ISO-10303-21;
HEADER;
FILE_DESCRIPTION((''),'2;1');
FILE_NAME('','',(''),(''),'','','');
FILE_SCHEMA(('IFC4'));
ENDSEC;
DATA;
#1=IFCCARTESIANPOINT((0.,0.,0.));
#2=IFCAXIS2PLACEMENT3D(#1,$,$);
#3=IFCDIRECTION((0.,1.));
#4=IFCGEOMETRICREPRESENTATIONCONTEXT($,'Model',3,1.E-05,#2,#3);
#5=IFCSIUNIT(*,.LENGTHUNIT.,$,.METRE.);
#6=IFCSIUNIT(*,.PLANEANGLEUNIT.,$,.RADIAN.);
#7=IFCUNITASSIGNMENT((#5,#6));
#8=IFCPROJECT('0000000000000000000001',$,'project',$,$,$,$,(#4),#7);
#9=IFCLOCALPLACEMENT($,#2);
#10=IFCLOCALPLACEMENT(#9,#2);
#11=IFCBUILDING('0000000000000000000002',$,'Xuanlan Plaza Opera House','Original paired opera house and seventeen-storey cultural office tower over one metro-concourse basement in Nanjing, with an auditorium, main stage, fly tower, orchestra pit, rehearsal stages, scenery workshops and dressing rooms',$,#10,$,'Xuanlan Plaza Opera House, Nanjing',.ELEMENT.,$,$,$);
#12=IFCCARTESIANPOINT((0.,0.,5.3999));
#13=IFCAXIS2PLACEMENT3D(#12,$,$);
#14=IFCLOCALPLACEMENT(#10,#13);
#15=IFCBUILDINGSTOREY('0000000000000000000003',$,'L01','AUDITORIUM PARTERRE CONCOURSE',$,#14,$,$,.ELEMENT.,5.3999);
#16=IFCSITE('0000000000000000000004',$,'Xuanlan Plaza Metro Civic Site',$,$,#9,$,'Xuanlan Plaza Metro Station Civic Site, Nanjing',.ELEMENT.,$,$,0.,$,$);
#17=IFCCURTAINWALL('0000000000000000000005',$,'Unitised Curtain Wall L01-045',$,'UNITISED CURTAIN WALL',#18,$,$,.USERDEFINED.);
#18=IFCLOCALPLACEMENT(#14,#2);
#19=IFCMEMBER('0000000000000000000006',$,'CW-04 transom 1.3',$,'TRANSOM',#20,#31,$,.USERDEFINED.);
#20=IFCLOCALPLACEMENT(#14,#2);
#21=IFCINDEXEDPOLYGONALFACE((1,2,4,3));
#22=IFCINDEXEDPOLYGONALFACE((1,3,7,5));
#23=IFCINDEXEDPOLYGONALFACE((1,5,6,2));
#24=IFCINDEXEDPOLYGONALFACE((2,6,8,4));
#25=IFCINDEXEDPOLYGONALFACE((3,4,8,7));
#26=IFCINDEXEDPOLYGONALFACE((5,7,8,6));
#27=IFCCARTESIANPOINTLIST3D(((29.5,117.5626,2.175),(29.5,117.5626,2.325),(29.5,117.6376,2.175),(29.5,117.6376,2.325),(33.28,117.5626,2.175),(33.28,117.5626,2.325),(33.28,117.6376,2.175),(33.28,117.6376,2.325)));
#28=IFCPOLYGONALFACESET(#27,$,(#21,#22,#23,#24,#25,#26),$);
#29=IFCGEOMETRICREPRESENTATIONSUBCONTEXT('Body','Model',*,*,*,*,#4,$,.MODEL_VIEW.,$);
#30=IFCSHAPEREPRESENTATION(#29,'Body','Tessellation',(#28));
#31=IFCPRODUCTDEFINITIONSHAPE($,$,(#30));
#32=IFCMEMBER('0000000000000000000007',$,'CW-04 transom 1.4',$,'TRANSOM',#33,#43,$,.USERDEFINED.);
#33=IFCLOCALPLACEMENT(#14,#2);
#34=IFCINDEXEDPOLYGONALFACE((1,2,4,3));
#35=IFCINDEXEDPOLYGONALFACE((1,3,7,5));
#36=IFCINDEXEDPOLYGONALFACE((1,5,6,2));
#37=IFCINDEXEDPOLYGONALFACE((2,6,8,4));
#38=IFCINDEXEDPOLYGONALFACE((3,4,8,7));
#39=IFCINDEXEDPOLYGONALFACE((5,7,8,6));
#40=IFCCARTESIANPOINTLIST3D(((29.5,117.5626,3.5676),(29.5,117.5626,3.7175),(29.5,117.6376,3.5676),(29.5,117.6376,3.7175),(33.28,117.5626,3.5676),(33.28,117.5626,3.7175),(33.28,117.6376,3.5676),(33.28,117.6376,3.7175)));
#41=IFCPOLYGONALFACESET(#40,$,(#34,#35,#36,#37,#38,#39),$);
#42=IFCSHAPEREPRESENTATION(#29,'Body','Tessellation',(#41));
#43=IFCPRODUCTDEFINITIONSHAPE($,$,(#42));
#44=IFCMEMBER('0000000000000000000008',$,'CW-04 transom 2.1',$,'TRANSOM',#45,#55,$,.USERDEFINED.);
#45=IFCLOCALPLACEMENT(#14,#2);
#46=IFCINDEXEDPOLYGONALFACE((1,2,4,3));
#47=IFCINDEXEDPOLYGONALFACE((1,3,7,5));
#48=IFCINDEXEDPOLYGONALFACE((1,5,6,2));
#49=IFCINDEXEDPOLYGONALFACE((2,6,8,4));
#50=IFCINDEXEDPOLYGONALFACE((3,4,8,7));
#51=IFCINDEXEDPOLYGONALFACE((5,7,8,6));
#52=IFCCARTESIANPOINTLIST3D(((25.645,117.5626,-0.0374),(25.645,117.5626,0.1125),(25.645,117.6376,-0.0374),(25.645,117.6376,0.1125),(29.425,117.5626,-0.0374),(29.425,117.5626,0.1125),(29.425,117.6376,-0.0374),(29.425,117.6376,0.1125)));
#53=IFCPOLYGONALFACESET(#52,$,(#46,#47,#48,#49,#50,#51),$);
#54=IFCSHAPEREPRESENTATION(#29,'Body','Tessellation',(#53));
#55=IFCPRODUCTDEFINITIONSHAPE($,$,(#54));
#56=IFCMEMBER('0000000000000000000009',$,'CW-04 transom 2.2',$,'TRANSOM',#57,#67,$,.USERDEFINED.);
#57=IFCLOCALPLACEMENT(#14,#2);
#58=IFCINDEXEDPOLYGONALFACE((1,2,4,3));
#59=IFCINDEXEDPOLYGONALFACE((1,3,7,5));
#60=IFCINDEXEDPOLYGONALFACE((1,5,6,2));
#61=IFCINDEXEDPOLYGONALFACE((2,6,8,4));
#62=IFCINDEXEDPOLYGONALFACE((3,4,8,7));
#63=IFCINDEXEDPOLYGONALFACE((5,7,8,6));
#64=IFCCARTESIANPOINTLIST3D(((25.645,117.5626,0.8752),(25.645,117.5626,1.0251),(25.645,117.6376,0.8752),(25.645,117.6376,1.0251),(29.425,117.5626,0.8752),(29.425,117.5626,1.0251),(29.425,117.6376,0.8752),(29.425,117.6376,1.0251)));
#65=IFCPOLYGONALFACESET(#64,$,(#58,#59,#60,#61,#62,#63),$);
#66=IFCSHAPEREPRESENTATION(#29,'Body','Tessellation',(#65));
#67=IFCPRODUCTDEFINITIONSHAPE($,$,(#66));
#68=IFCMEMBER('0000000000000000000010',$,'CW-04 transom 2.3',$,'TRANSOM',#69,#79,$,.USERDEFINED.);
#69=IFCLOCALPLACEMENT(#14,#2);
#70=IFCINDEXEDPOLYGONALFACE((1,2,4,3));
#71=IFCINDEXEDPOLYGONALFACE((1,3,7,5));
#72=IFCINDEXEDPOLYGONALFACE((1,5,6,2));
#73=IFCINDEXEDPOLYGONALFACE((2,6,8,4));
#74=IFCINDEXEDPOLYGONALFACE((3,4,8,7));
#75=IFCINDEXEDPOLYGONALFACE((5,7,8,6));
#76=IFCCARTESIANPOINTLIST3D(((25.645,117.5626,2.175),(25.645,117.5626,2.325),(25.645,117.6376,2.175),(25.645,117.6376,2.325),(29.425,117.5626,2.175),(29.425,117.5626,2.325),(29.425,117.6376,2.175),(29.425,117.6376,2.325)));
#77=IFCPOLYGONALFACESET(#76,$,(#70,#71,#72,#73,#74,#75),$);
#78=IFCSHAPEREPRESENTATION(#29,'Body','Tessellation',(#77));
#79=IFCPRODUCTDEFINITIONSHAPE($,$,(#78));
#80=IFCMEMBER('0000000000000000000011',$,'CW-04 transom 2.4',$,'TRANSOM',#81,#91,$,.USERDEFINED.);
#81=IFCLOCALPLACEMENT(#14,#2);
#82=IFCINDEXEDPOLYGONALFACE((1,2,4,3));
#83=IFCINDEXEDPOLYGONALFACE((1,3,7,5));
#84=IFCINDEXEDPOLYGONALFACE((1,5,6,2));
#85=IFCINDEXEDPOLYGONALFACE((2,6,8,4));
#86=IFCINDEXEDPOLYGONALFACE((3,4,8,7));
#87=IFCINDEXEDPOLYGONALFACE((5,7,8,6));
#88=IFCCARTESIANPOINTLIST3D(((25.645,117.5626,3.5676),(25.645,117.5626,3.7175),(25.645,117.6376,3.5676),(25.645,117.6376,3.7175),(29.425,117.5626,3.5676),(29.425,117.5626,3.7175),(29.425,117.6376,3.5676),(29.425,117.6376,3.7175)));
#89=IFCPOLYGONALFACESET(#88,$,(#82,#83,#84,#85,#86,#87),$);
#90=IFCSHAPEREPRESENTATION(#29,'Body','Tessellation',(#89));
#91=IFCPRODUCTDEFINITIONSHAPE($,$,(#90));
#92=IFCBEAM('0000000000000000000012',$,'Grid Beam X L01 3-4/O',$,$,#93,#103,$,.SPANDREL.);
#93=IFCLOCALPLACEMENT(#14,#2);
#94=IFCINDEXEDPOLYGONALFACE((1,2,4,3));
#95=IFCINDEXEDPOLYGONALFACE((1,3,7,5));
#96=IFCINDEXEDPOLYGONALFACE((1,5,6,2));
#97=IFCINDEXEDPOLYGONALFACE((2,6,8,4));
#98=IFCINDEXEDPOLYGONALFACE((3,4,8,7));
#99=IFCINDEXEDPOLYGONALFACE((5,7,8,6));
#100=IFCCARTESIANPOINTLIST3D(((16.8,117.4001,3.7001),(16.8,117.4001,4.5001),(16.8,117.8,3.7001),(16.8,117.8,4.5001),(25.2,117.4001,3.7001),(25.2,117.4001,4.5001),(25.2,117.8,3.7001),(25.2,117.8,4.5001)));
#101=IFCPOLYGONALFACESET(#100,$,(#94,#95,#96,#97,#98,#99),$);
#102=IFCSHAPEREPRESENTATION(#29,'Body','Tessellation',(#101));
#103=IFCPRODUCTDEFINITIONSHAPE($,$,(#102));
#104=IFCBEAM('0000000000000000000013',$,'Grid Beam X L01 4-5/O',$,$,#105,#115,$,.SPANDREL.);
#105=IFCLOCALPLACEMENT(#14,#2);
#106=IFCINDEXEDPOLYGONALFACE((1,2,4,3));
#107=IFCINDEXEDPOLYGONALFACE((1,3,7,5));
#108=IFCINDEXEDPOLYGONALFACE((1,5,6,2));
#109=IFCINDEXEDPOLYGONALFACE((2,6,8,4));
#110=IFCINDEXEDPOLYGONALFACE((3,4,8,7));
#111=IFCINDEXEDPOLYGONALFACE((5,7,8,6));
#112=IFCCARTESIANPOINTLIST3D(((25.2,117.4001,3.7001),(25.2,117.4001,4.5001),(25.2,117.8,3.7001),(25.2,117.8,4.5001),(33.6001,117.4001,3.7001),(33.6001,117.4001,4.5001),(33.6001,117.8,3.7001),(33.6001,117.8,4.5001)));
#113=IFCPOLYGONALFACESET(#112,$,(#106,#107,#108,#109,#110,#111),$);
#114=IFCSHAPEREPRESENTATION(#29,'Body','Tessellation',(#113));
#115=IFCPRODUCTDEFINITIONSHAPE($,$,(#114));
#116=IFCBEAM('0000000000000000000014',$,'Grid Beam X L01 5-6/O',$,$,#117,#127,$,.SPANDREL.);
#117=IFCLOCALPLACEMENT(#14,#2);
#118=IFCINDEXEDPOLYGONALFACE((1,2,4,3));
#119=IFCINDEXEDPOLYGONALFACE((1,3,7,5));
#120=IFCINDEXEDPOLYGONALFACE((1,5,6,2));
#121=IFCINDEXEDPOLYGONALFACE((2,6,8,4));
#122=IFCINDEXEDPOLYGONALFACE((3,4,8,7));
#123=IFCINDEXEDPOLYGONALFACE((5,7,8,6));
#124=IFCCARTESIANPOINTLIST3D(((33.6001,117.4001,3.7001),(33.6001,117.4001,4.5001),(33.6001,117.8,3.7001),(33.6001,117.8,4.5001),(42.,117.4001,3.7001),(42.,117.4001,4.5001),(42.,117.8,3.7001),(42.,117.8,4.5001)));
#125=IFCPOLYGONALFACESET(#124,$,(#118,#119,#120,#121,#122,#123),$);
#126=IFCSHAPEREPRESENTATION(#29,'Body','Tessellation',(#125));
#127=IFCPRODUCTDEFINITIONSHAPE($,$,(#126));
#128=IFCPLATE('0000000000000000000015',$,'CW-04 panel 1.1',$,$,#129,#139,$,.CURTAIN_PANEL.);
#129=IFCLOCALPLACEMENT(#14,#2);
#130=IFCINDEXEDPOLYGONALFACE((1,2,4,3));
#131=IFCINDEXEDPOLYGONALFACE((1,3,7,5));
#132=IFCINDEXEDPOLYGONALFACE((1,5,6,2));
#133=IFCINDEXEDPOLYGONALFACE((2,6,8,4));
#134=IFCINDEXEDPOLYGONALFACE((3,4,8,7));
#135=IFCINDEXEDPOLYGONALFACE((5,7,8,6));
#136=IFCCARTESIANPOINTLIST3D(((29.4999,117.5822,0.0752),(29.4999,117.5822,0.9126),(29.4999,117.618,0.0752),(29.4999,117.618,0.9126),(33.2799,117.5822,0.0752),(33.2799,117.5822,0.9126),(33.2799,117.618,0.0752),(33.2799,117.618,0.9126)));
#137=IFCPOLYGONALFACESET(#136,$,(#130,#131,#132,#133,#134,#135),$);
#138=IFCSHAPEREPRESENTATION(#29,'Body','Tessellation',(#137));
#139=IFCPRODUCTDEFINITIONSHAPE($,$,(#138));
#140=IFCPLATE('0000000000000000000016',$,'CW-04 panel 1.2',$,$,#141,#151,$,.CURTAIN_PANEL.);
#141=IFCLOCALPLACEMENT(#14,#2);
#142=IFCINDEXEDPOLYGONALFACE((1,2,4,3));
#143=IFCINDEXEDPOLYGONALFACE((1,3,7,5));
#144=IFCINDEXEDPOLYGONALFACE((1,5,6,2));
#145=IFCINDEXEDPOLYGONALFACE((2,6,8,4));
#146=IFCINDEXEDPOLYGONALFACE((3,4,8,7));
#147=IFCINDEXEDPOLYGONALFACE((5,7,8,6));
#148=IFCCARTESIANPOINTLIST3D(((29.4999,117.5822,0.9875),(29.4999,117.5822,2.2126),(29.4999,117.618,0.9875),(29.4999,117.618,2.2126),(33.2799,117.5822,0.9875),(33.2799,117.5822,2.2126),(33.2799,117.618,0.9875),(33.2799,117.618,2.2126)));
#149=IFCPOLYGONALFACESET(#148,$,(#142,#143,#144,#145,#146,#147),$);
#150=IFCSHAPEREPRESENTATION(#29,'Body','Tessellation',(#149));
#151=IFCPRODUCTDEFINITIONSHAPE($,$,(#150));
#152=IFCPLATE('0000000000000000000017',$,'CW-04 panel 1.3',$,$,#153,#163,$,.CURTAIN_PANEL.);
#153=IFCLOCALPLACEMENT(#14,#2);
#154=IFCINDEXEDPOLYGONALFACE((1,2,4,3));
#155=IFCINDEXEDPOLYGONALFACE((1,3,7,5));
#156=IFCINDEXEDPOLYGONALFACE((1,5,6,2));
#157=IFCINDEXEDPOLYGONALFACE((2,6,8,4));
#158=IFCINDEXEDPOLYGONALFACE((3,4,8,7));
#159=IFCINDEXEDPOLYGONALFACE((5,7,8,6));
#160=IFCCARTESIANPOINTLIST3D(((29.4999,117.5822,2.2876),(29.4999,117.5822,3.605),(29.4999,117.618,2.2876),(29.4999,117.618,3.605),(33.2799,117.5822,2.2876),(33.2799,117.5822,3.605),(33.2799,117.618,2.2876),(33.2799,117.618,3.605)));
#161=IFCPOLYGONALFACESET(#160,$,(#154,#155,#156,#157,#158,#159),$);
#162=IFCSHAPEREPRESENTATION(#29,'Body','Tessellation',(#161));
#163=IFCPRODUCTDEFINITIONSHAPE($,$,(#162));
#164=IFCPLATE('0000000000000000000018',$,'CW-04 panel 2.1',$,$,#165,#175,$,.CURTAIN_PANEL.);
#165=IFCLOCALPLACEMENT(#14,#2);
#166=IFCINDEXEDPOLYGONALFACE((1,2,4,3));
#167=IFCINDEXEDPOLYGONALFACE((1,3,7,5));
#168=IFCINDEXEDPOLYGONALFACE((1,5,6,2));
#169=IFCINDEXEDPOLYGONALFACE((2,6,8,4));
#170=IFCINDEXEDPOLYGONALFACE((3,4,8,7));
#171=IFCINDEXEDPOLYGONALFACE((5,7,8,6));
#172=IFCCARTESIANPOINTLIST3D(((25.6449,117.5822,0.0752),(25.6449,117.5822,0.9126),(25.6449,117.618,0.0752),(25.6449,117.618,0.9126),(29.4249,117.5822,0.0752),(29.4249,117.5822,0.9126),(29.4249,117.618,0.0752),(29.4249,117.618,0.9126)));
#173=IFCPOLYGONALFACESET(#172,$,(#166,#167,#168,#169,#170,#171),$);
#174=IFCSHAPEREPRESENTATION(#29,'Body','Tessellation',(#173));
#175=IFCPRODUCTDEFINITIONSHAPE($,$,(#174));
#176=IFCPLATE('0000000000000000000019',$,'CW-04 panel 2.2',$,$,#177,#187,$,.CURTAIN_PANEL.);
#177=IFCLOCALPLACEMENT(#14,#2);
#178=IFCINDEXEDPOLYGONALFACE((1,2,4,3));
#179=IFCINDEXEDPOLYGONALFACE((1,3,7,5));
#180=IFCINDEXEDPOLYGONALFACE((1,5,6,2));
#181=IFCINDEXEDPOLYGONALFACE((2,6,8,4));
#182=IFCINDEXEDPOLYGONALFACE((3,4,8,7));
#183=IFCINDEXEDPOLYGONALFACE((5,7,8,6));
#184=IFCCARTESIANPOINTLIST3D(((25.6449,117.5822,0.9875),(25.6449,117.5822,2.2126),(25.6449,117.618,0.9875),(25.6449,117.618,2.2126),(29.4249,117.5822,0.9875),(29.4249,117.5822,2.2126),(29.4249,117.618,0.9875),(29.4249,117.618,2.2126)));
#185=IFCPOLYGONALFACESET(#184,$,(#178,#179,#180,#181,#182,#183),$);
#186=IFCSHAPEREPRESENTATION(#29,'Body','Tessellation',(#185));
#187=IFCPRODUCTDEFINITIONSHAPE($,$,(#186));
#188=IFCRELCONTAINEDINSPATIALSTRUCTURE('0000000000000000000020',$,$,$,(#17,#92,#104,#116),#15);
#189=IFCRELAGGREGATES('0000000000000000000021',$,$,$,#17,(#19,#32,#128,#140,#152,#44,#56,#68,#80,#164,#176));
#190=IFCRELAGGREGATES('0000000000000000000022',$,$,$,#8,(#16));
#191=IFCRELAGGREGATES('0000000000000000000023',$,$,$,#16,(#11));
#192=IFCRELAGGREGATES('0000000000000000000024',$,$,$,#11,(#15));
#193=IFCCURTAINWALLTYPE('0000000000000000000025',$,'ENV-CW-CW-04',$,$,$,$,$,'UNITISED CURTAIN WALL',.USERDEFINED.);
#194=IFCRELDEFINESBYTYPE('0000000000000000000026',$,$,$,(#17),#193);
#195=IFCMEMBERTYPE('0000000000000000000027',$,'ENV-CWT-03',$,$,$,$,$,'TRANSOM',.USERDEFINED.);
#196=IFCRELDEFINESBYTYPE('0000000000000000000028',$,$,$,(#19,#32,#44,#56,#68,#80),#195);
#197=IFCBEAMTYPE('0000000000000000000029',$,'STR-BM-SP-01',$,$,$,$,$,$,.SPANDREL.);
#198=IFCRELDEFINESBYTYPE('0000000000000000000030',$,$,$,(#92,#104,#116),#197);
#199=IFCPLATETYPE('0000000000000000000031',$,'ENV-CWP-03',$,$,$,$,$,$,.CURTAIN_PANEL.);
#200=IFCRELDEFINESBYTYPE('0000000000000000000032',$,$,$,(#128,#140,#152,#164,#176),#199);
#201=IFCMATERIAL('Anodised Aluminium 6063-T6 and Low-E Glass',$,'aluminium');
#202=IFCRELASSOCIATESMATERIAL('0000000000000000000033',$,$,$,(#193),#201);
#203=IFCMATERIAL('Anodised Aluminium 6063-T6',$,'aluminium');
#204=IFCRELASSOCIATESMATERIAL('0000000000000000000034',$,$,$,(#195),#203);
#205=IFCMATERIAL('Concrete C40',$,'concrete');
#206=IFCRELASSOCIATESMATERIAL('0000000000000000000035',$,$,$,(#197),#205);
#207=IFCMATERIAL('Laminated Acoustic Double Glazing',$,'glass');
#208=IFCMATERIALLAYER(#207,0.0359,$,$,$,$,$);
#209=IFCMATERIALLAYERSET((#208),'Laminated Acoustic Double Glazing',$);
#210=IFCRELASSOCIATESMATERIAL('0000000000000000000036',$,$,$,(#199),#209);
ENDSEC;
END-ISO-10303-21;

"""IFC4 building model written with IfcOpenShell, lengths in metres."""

from ifc_helpers import new_model, si_unit, direction, frame, origin, origin_2d, place, context, subcontext, project, spatial, rectangle, extrude, material, layer, layer_set, material_profile, profile_set, type_object, element, aggregate, save


model = new_model("IFC4")

# Units and contexts
model_context = context("Model", 3, precision=1e-05, world=origin(), true_north=direction((0.0, 1.0)))
body_context = subcontext(model_context, "Body", "Model", "MODEL_VIEW")
ifc_project = project(units=[si_unit("LENGTHUNIT", "METRE"), si_unit("PLANEANGLEUNIT", "RADIAN")], contexts=[model_context])

# Site, building, storey
site_placement = place(None, origin())
site = spatial("IfcSite", under=ifc_project, at=site_placement, Name="Xuanlan Plaza Metro Civic Site", LongName="Xuanlan Plaza Metro Station Civic Site, Nanjing", CompositionType="ELEMENT", RefElevation=0.0)
building_placement = place(site_placement, origin())
building = spatial("IfcBuilding", under=site, at=building_placement, Name="Xuanlan Plaza Opera House", Description="Original paired opera house and seventeen-storey cultural office tower over one metro-concourse basement in Nanjing, with an auditorium, main stage, fly tower, orchestra pit, rehearsal stages, scenery workshops and dressing rooms", LongName="Xuanlan Plaza Opera House, Nanjing", CompositionType="ELEMENT")
storey_placement = place(building_placement, frame((0.0, 0.0, 5.3999)))
storey = spatial("IfcBuildingStorey", under=building, at=storey_placement, Name="L01", Description="AUDITORIUM PARTERRE CONCOURSE", CompositionType="ELEMENT", Elevation=5.3999)

# Shared definitions
ifc_material_1 = material(Name="Concrete C40", Category="concrete")

# Curtain wall
ifc_material_2 = material(Name="Anodised Aluminium 6063-T6 and Low-E Glass", Category="aluminium")
curtain_wall_type_1 = type_object("IfcCurtainWallType", Name="ENV-CW-CW-04", ElementType="UNITISED CURTAIN WALL", PredefinedType="USERDEFINED", material=ifc_material_2)
curtain_wall_1_placement = place(storey_placement, origin())
curtain_wall_1 = element("IfcCurtainWall", 1, at=curtain_wall_1_placement, inside=storey, type_object=curtain_wall_type_1, Name="Unitised Curtain Wall L01-045", ObjectType="UNITISED CURTAIN WALL", PredefinedType="USERDEFINED")
ifc_material_3 = material(Name="Anodised Aluminium 6063-T6", Category="aluminium")

# Members
ifc_material_profile_1 = material_profile(ifc_material_3, rectangle(XDim=0.075, YDim=0.1499, at=origin_2d()), Name="ALU-T 75x150")
ifc_profile_set_1 = profile_set([ifc_material_profile_1], Name="Anodised Aluminium 6063-T6")
member_type_1 = type_object("IfcMemberType", Name="ENV-CWT-03", ElementType="TRANSOM", PredefinedType="USERDEFINED", material=ifc_profile_set_1)
member_1_placement = place(storey_placement, frame((33.28, 117.6001, 2.25), z_axis=(-1.0, 0.0, 0.0), x_axis=(0.0, -1.0, 0.0)))
member_1 = element("IfcMember", 2, at=member_1_placement, type_object=member_type_1, Name="CW-04 transom 1.3", ObjectType="TRANSOM", PredefinedType="USERDEFINED", context=body_context, shape_type="SweptSolid", body=[
    extrude(rectangle(XDim=0.075, YDim=0.1499, at=origin_2d()), origin(), (0.0, 0.0, 1.0), 3.78),
])
member_2_placement = place(storey_placement, frame((33.28, 117.6001, 3.6426), z_axis=(-1.0, 0.0, 0.0), x_axis=(0.0, -1.0, 0.0)))
member_2 = element("IfcMember", 3, at=member_2_placement, type_object=member_type_1, Name="CW-04 transom 1.4", ObjectType="TRANSOM", PredefinedType="USERDEFINED", context=body_context, shape_type="SweptSolid", body=[
    extrude(rectangle(XDim=0.075, YDim=0.1499, at=origin_2d()), origin(), (0.0, 0.0, 1.0), 3.78),
])
member_3_placement = place(storey_placement, frame((29.425, 117.6001, 0.0376), z_axis=(-1.0, 0.0, 0.0), x_axis=(0.0, -1.0, 0.0)))
member_3 = element("IfcMember", 4, at=member_3_placement, type_object=member_type_1, Name="CW-04 transom 2.1", ObjectType="TRANSOM", PredefinedType="USERDEFINED", context=body_context, shape_type="SweptSolid", body=[
    extrude(rectangle(XDim=0.075, YDim=0.1499, at=origin_2d()), origin(), (0.0, 0.0, 1.0), 3.78),
])
member_4_placement = place(storey_placement, frame((29.425, 117.6001, 0.9502), z_axis=(-1.0, 0.0, 0.0), x_axis=(0.0, -1.0, 0.0)))
member_4 = element("IfcMember", 5, at=member_4_placement, type_object=member_type_1, Name="CW-04 transom 2.2", ObjectType="TRANSOM", PredefinedType="USERDEFINED", context=body_context, shape_type="SweptSolid", body=[
    extrude(rectangle(XDim=0.075, YDim=0.1499, at=origin_2d()), origin(), (0.0, 0.0, 1.0), 3.78),
])
member_5_placement = place(storey_placement, frame((29.425, 117.6001, 2.25), z_axis=(-1.0, 0.0, 0.0), x_axis=(0.0, -1.0, 0.0)))
member_5 = element("IfcMember", 6, at=member_5_placement, type_object=member_type_1, Name="CW-04 transom 2.3", ObjectType="TRANSOM", PredefinedType="USERDEFINED", context=body_context, shape_type="SweptSolid", body=[
    extrude(rectangle(XDim=0.075, YDim=0.1499, at=origin_2d()), origin(), (0.0, 0.0, 1.0), 3.78),
])
member_6_placement = place(storey_placement, frame((29.425, 117.6001, 3.6426), z_axis=(-1.0, 0.0, 0.0), x_axis=(0.0, -1.0, 0.0)))
member_6 = element("IfcMember", 7, at=member_6_placement, type_object=member_type_1, Name="CW-04 transom 2.4", ObjectType="TRANSOM", PredefinedType="USERDEFINED", context=body_context, shape_type="SweptSolid", body=[
    extrude(rectangle(XDim=0.075, YDim=0.1499, at=origin_2d()), origin(), (0.0, 0.0, 1.0), 3.78),
])

# Beams
ifc_material_profile_2 = material_profile(ifc_material_1, rectangle(XDim=0.3999, YDim=0.8, at=origin_2d()), Name="RC-SPD 400x800")
ifc_profile_set_2 = profile_set([ifc_material_profile_2], Name="Concrete C40")
beam_type = type_object("IfcBeamType", Name="STR-BM-SP-01", PredefinedType="SPANDREL", material=ifc_profile_set_2)
beam_1_placement = place(storey_placement, frame((16.8, 117.6001, 4.1001), z_axis=(1.0, 0.0, 0.0), x_axis=(0.0, 1.0, 0.0)))
element("IfcBeam", 8, at=beam_1_placement, inside=storey, type_object=beam_type, Name="Grid Beam X L01 3-4/O", PredefinedType="SPANDREL", context=body_context, shape_type="SweptSolid", body=[
    extrude(rectangle(XDim=0.3999, YDim=0.8, at=origin_2d()), origin(), (0.0, 0.0, 1.0), 8.3999),
])
beam_2_placement = place(storey_placement, frame((25.2, 117.6001, 4.1001), z_axis=(1.0, 0.0, 0.0), x_axis=(0.0, 1.0, 0.0)))
element("IfcBeam", 9, at=beam_2_placement, inside=storey, type_object=beam_type, Name="Grid Beam X L01 4-5/O", PredefinedType="SPANDREL", context=body_context, shape_type="SweptSolid", body=[
    extrude(rectangle(XDim=0.3999, YDim=0.8, at=origin_2d()), origin(), (0.0, 0.0, 1.0), 8.4001),
])
beam_3_placement = place(storey_placement, frame((33.6001, 117.6001, 4.1001), z_axis=(1.0, 0.0, 0.0), x_axis=(0.0, 1.0, 0.0)))
element("IfcBeam", 10, at=beam_3_placement, inside=storey, type_object=beam_type, Name="Grid Beam X L01 5-6/O", PredefinedType="SPANDREL", context=body_context, shape_type="SweptSolid", body=[
    extrude(rectangle(XDim=0.3999, YDim=0.8, at=origin_2d()), origin(), (0.0, 0.0, 1.0), 8.3999),
])

# Plates
ifc_material_4 = material(Name="Laminated Acoustic Double Glazing", Category="glass")
ifc_layer_1 = layer(ifc_material_4, 0.0359)
ifc_layer_set_1 = layer_set([ifc_layer_1], Name="Laminated Acoustic Double Glazing")
plate_type_1 = type_object("IfcPlateType", Name="ENV-CWP-03", PredefinedType="CURTAIN_PANEL", material=ifc_layer_set_1)
plate_1_placement = place(storey_placement, frame((31.3899, 117.6001, 0.0752), z_axis=(0.0, 0.0, 1.0), x_axis=(-1.0, 0.0, 0.0)))
plate_1 = element("IfcPlate", 11, at=plate_1_placement, type_object=plate_type_1, Name="CW-04 panel 1.1", PredefinedType="CURTAIN_PANEL", context=body_context, shape_type="SweptSolid", body=[
    extrude(rectangle(XDim=3.78, YDim=0.0359, at=origin_2d()), origin(), (0.0, 0.0, 1.0), 0.8374),
])
plate_2_placement = place(storey_placement, frame((31.3899, 117.6001, 0.9875), z_axis=(0.0, 0.0, 1.0), x_axis=(-1.0, 0.0, 0.0)))
plate_2 = element("IfcPlate", 12, at=plate_2_placement, type_object=plate_type_1, Name="CW-04 panel 1.2", PredefinedType="CURTAIN_PANEL", context=body_context, shape_type="SweptSolid", body=[
    extrude(rectangle(XDim=3.78, YDim=0.0359, at=origin_2d()), origin(), (0.0, 0.0, 1.0), 1.2251),
])
plate_3_placement = place(storey_placement, frame((31.3899, 117.6001, 2.2876), z_axis=(0.0, 0.0, 1.0), x_axis=(-1.0, 0.0, 0.0)))
plate_3 = element("IfcPlate", 13, at=plate_3_placement, type_object=plate_type_1, Name="CW-04 panel 1.3", PredefinedType="CURTAIN_PANEL", context=body_context, shape_type="SweptSolid", body=[
    extrude(rectangle(XDim=3.78, YDim=0.0359, at=origin_2d()), origin(), (0.0, 0.0, 1.0), 1.3174),
])
plate_4_placement = place(storey_placement, frame((27.5349, 117.6001, 0.0752), z_axis=(0.0, 0.0, 1.0), x_axis=(-1.0, 0.0, 0.0)))
plate_4 = element("IfcPlate", 14, at=plate_4_placement, type_object=plate_type_1, Name="CW-04 panel 2.1", PredefinedType="CURTAIN_PANEL", context=body_context, shape_type="SweptSolid", body=[
    extrude(rectangle(XDim=3.78, YDim=0.0359, at=origin_2d()), origin(), (0.0, 0.0, 1.0), 0.8374),
])
plate_5_placement = place(storey_placement, frame((27.5349, 117.6001, 0.9875), z_axis=(0.0, 0.0, 1.0), x_axis=(-1.0, 0.0, 0.0)))
plate_5 = element("IfcPlate", 15, at=plate_5_placement, type_object=plate_type_1, Name="CW-04 panel 2.2", PredefinedType="CURTAIN_PANEL", context=body_context, shape_type="SweptSolid", body=[
    extrude(rectangle(XDim=3.78, YDim=0.0359, at=origin_2d()), origin(), (0.0, 0.0, 1.0), 1.2251),
])
aggregate(curtain_wall_1, [member_1, member_2, plate_1, plate_2, plate_3, member_3, member_4, member_5, member_6, plate_4, plate_5])

save(model, "model.ifc")
